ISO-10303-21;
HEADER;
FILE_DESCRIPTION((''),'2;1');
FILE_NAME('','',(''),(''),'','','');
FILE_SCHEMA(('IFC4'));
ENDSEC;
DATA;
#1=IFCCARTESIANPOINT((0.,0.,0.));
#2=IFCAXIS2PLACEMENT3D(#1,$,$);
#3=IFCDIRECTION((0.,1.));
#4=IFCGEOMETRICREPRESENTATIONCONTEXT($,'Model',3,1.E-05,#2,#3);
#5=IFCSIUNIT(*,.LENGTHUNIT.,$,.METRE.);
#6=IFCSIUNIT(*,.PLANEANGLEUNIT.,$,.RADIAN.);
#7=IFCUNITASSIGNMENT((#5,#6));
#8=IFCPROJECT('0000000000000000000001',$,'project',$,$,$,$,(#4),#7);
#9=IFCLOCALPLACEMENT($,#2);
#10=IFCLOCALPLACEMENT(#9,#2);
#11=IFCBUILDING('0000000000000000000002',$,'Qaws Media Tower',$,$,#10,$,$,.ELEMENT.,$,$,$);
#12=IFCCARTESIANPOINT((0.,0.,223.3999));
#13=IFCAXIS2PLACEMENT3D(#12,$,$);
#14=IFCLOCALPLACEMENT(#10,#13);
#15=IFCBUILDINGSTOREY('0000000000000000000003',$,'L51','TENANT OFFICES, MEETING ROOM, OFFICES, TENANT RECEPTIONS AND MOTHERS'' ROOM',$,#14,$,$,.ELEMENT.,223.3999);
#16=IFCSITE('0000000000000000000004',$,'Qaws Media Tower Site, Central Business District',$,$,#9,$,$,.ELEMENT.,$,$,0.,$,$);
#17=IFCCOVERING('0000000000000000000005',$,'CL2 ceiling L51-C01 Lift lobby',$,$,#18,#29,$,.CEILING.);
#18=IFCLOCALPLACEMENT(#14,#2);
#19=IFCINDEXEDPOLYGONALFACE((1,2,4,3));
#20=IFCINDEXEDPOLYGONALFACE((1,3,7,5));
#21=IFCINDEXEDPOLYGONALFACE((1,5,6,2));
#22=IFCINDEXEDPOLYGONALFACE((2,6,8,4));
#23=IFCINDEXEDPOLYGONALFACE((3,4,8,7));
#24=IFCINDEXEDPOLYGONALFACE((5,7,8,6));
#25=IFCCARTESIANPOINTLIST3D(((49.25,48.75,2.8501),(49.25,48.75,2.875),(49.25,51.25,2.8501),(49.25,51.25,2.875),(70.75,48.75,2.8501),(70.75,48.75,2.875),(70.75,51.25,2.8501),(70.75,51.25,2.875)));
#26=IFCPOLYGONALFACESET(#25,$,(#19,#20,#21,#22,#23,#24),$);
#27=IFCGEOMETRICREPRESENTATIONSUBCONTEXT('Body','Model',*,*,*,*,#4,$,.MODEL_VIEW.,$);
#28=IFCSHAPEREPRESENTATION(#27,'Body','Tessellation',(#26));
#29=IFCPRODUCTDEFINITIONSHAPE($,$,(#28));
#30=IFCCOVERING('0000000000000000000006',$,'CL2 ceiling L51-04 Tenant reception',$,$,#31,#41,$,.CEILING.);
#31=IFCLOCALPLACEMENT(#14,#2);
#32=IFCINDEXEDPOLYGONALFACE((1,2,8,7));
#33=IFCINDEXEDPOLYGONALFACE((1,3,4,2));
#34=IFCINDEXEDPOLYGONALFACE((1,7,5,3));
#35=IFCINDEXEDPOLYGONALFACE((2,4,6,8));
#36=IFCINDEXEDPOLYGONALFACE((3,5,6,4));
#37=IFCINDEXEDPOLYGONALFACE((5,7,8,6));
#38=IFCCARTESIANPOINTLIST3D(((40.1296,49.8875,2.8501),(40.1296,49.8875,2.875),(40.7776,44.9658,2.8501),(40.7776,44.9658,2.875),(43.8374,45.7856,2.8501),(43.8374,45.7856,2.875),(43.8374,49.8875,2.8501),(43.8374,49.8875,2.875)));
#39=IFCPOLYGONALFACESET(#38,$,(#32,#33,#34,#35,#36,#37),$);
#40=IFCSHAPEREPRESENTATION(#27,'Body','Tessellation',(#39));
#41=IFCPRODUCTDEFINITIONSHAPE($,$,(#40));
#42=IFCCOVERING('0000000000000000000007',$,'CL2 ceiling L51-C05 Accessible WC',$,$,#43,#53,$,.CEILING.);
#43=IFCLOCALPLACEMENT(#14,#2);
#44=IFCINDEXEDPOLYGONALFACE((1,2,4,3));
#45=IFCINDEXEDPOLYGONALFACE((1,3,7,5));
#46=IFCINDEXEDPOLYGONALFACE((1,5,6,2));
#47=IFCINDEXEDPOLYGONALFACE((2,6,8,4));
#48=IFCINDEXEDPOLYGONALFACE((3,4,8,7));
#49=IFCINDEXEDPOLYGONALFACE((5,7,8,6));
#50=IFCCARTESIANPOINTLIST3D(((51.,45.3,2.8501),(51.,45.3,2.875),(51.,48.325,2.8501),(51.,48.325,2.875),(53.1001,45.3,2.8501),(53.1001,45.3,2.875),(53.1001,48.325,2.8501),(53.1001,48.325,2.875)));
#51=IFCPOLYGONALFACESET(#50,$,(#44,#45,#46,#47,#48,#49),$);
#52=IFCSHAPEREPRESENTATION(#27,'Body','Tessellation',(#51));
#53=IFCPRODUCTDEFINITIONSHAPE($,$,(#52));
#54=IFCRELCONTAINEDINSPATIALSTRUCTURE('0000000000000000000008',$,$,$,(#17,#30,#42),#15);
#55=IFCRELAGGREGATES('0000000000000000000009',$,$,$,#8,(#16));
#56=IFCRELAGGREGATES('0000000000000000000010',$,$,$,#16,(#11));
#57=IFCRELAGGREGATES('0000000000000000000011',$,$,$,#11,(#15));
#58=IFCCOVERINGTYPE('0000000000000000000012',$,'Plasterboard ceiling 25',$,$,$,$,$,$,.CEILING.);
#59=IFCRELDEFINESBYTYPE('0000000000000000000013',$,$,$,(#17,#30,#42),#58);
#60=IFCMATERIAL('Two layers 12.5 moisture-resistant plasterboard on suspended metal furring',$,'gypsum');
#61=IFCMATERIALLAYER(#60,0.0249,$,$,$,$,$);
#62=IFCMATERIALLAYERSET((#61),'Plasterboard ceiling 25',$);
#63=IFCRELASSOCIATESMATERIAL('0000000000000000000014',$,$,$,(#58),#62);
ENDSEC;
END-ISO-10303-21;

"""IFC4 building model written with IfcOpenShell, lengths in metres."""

from ifc_helpers import new_model, si_unit, direction, frame, origin, place, context, subcontext, project, spatial, polyline, outline, extrude, material, layer, layer_set, type_object, element, save


model = new_model("IFC4")

# Units and contexts
model_context = context("Model", 3, precision=1e-05, world=origin(), true_north=direction((0.0, 1.0)))
body_context = subcontext(model_context, "Body", "Model", "MODEL_VIEW")
ifc_project = project(units=[si_unit("LENGTHUNIT", "METRE"), si_unit("PLANEANGLEUNIT", "RADIAN")], contexts=[model_context])

# Site, building, storey
site_placement = place(None, origin())
site = spatial("IfcSite", under=ifc_project, at=site_placement, Name="Qaws Media Tower Site, Central Business District", CompositionType="ELEMENT", RefElevation=0.0)
building_placement = place(site_placement, origin())
building = spatial("IfcBuilding", under=site, at=building_placement, Name="Qaws Media Tower", CompositionType="ELEMENT")
storey_placement = place(building_placement, frame((0.0, 0.0, 223.3999)))
storey = spatial("IfcBuildingStorey", under=building, at=storey_placement, Name="L51", Description="TENANT OFFICES, MEETING ROOM, OFFICES, TENANT RECEPTIONS AND MOTHERS' ROOM", CompositionType="ELEMENT", Elevation=223.3999)

# Coverings
ifc_material_1 = material(Name="Two layers 12.5 moisture-resistant plasterboard on suspended metal furring", Category="gypsum")
ifc_layer_1 = layer(ifc_material_1, 0.0249)
ifc_layer_set_1 = layer_set([ifc_layer_1], Name="Plasterboard ceiling 25")
covering_type_1 = type_object("IfcCoveringType", Name="Plasterboard ceiling 25", PredefinedType="CEILING", material=ifc_layer_set_1)
covering_1_placement = place(storey_placement, frame((0.0, 0.0, 2.8501)))
element("IfcCovering", 1, at=covering_1_placement, inside=storey, type_object=covering_type_1, Name="CL2 ceiling L51-C01 Lift lobby", PredefinedType="CEILING", context=body_context, shape_type="SweptSolid", body=[
    extrude(outline(polyline([(49.25, 48.75), (49.25, 51.25), (70.75, 51.25), (70.75, 48.75), (49.25, 48.75)])), origin(), (0.0, 0.0, 1.0), 0.0249),
])
covering_2_placement = place(storey_placement, frame((0.0, 0.0, 2.8501)))
element("IfcCovering", 2, at=covering_2_placement, inside=storey, type_object=covering_type_1, Name="CL2 ceiling L51-04 Tenant reception", PredefinedType="CEILING", context=body_context, shape_type="SweptSolid", body=[
    extrude(outline(polyline([(40.1296, 49.8875), (43.8374, 49.8875), (43.8374, 45.7856), (40.7776, 44.9658), (40.1296, 49.8875)])), origin(), (0.0, 0.0, 1.0), 0.0249),
])
covering_3_placement = place(storey_placement, frame((0.0, 0.0, 2.8501)))
element("IfcCovering", 3, at=covering_3_placement, inside=storey, type_object=covering_type_1, Name="CL2 ceiling L51-C05 Accessible WC", PredefinedType="CEILING", context=body_context, shape_type="SweptSolid", body=[
    extrude(outline(polyline([(51.0, 45.3), (51.0, 48.325), (53.1001, 48.325), (53.1001, 45.3), (51.0, 45.3)])), origin(), (0.0, 0.0, 1.0), 0.0249),
])

save(model, "model.ifc")
